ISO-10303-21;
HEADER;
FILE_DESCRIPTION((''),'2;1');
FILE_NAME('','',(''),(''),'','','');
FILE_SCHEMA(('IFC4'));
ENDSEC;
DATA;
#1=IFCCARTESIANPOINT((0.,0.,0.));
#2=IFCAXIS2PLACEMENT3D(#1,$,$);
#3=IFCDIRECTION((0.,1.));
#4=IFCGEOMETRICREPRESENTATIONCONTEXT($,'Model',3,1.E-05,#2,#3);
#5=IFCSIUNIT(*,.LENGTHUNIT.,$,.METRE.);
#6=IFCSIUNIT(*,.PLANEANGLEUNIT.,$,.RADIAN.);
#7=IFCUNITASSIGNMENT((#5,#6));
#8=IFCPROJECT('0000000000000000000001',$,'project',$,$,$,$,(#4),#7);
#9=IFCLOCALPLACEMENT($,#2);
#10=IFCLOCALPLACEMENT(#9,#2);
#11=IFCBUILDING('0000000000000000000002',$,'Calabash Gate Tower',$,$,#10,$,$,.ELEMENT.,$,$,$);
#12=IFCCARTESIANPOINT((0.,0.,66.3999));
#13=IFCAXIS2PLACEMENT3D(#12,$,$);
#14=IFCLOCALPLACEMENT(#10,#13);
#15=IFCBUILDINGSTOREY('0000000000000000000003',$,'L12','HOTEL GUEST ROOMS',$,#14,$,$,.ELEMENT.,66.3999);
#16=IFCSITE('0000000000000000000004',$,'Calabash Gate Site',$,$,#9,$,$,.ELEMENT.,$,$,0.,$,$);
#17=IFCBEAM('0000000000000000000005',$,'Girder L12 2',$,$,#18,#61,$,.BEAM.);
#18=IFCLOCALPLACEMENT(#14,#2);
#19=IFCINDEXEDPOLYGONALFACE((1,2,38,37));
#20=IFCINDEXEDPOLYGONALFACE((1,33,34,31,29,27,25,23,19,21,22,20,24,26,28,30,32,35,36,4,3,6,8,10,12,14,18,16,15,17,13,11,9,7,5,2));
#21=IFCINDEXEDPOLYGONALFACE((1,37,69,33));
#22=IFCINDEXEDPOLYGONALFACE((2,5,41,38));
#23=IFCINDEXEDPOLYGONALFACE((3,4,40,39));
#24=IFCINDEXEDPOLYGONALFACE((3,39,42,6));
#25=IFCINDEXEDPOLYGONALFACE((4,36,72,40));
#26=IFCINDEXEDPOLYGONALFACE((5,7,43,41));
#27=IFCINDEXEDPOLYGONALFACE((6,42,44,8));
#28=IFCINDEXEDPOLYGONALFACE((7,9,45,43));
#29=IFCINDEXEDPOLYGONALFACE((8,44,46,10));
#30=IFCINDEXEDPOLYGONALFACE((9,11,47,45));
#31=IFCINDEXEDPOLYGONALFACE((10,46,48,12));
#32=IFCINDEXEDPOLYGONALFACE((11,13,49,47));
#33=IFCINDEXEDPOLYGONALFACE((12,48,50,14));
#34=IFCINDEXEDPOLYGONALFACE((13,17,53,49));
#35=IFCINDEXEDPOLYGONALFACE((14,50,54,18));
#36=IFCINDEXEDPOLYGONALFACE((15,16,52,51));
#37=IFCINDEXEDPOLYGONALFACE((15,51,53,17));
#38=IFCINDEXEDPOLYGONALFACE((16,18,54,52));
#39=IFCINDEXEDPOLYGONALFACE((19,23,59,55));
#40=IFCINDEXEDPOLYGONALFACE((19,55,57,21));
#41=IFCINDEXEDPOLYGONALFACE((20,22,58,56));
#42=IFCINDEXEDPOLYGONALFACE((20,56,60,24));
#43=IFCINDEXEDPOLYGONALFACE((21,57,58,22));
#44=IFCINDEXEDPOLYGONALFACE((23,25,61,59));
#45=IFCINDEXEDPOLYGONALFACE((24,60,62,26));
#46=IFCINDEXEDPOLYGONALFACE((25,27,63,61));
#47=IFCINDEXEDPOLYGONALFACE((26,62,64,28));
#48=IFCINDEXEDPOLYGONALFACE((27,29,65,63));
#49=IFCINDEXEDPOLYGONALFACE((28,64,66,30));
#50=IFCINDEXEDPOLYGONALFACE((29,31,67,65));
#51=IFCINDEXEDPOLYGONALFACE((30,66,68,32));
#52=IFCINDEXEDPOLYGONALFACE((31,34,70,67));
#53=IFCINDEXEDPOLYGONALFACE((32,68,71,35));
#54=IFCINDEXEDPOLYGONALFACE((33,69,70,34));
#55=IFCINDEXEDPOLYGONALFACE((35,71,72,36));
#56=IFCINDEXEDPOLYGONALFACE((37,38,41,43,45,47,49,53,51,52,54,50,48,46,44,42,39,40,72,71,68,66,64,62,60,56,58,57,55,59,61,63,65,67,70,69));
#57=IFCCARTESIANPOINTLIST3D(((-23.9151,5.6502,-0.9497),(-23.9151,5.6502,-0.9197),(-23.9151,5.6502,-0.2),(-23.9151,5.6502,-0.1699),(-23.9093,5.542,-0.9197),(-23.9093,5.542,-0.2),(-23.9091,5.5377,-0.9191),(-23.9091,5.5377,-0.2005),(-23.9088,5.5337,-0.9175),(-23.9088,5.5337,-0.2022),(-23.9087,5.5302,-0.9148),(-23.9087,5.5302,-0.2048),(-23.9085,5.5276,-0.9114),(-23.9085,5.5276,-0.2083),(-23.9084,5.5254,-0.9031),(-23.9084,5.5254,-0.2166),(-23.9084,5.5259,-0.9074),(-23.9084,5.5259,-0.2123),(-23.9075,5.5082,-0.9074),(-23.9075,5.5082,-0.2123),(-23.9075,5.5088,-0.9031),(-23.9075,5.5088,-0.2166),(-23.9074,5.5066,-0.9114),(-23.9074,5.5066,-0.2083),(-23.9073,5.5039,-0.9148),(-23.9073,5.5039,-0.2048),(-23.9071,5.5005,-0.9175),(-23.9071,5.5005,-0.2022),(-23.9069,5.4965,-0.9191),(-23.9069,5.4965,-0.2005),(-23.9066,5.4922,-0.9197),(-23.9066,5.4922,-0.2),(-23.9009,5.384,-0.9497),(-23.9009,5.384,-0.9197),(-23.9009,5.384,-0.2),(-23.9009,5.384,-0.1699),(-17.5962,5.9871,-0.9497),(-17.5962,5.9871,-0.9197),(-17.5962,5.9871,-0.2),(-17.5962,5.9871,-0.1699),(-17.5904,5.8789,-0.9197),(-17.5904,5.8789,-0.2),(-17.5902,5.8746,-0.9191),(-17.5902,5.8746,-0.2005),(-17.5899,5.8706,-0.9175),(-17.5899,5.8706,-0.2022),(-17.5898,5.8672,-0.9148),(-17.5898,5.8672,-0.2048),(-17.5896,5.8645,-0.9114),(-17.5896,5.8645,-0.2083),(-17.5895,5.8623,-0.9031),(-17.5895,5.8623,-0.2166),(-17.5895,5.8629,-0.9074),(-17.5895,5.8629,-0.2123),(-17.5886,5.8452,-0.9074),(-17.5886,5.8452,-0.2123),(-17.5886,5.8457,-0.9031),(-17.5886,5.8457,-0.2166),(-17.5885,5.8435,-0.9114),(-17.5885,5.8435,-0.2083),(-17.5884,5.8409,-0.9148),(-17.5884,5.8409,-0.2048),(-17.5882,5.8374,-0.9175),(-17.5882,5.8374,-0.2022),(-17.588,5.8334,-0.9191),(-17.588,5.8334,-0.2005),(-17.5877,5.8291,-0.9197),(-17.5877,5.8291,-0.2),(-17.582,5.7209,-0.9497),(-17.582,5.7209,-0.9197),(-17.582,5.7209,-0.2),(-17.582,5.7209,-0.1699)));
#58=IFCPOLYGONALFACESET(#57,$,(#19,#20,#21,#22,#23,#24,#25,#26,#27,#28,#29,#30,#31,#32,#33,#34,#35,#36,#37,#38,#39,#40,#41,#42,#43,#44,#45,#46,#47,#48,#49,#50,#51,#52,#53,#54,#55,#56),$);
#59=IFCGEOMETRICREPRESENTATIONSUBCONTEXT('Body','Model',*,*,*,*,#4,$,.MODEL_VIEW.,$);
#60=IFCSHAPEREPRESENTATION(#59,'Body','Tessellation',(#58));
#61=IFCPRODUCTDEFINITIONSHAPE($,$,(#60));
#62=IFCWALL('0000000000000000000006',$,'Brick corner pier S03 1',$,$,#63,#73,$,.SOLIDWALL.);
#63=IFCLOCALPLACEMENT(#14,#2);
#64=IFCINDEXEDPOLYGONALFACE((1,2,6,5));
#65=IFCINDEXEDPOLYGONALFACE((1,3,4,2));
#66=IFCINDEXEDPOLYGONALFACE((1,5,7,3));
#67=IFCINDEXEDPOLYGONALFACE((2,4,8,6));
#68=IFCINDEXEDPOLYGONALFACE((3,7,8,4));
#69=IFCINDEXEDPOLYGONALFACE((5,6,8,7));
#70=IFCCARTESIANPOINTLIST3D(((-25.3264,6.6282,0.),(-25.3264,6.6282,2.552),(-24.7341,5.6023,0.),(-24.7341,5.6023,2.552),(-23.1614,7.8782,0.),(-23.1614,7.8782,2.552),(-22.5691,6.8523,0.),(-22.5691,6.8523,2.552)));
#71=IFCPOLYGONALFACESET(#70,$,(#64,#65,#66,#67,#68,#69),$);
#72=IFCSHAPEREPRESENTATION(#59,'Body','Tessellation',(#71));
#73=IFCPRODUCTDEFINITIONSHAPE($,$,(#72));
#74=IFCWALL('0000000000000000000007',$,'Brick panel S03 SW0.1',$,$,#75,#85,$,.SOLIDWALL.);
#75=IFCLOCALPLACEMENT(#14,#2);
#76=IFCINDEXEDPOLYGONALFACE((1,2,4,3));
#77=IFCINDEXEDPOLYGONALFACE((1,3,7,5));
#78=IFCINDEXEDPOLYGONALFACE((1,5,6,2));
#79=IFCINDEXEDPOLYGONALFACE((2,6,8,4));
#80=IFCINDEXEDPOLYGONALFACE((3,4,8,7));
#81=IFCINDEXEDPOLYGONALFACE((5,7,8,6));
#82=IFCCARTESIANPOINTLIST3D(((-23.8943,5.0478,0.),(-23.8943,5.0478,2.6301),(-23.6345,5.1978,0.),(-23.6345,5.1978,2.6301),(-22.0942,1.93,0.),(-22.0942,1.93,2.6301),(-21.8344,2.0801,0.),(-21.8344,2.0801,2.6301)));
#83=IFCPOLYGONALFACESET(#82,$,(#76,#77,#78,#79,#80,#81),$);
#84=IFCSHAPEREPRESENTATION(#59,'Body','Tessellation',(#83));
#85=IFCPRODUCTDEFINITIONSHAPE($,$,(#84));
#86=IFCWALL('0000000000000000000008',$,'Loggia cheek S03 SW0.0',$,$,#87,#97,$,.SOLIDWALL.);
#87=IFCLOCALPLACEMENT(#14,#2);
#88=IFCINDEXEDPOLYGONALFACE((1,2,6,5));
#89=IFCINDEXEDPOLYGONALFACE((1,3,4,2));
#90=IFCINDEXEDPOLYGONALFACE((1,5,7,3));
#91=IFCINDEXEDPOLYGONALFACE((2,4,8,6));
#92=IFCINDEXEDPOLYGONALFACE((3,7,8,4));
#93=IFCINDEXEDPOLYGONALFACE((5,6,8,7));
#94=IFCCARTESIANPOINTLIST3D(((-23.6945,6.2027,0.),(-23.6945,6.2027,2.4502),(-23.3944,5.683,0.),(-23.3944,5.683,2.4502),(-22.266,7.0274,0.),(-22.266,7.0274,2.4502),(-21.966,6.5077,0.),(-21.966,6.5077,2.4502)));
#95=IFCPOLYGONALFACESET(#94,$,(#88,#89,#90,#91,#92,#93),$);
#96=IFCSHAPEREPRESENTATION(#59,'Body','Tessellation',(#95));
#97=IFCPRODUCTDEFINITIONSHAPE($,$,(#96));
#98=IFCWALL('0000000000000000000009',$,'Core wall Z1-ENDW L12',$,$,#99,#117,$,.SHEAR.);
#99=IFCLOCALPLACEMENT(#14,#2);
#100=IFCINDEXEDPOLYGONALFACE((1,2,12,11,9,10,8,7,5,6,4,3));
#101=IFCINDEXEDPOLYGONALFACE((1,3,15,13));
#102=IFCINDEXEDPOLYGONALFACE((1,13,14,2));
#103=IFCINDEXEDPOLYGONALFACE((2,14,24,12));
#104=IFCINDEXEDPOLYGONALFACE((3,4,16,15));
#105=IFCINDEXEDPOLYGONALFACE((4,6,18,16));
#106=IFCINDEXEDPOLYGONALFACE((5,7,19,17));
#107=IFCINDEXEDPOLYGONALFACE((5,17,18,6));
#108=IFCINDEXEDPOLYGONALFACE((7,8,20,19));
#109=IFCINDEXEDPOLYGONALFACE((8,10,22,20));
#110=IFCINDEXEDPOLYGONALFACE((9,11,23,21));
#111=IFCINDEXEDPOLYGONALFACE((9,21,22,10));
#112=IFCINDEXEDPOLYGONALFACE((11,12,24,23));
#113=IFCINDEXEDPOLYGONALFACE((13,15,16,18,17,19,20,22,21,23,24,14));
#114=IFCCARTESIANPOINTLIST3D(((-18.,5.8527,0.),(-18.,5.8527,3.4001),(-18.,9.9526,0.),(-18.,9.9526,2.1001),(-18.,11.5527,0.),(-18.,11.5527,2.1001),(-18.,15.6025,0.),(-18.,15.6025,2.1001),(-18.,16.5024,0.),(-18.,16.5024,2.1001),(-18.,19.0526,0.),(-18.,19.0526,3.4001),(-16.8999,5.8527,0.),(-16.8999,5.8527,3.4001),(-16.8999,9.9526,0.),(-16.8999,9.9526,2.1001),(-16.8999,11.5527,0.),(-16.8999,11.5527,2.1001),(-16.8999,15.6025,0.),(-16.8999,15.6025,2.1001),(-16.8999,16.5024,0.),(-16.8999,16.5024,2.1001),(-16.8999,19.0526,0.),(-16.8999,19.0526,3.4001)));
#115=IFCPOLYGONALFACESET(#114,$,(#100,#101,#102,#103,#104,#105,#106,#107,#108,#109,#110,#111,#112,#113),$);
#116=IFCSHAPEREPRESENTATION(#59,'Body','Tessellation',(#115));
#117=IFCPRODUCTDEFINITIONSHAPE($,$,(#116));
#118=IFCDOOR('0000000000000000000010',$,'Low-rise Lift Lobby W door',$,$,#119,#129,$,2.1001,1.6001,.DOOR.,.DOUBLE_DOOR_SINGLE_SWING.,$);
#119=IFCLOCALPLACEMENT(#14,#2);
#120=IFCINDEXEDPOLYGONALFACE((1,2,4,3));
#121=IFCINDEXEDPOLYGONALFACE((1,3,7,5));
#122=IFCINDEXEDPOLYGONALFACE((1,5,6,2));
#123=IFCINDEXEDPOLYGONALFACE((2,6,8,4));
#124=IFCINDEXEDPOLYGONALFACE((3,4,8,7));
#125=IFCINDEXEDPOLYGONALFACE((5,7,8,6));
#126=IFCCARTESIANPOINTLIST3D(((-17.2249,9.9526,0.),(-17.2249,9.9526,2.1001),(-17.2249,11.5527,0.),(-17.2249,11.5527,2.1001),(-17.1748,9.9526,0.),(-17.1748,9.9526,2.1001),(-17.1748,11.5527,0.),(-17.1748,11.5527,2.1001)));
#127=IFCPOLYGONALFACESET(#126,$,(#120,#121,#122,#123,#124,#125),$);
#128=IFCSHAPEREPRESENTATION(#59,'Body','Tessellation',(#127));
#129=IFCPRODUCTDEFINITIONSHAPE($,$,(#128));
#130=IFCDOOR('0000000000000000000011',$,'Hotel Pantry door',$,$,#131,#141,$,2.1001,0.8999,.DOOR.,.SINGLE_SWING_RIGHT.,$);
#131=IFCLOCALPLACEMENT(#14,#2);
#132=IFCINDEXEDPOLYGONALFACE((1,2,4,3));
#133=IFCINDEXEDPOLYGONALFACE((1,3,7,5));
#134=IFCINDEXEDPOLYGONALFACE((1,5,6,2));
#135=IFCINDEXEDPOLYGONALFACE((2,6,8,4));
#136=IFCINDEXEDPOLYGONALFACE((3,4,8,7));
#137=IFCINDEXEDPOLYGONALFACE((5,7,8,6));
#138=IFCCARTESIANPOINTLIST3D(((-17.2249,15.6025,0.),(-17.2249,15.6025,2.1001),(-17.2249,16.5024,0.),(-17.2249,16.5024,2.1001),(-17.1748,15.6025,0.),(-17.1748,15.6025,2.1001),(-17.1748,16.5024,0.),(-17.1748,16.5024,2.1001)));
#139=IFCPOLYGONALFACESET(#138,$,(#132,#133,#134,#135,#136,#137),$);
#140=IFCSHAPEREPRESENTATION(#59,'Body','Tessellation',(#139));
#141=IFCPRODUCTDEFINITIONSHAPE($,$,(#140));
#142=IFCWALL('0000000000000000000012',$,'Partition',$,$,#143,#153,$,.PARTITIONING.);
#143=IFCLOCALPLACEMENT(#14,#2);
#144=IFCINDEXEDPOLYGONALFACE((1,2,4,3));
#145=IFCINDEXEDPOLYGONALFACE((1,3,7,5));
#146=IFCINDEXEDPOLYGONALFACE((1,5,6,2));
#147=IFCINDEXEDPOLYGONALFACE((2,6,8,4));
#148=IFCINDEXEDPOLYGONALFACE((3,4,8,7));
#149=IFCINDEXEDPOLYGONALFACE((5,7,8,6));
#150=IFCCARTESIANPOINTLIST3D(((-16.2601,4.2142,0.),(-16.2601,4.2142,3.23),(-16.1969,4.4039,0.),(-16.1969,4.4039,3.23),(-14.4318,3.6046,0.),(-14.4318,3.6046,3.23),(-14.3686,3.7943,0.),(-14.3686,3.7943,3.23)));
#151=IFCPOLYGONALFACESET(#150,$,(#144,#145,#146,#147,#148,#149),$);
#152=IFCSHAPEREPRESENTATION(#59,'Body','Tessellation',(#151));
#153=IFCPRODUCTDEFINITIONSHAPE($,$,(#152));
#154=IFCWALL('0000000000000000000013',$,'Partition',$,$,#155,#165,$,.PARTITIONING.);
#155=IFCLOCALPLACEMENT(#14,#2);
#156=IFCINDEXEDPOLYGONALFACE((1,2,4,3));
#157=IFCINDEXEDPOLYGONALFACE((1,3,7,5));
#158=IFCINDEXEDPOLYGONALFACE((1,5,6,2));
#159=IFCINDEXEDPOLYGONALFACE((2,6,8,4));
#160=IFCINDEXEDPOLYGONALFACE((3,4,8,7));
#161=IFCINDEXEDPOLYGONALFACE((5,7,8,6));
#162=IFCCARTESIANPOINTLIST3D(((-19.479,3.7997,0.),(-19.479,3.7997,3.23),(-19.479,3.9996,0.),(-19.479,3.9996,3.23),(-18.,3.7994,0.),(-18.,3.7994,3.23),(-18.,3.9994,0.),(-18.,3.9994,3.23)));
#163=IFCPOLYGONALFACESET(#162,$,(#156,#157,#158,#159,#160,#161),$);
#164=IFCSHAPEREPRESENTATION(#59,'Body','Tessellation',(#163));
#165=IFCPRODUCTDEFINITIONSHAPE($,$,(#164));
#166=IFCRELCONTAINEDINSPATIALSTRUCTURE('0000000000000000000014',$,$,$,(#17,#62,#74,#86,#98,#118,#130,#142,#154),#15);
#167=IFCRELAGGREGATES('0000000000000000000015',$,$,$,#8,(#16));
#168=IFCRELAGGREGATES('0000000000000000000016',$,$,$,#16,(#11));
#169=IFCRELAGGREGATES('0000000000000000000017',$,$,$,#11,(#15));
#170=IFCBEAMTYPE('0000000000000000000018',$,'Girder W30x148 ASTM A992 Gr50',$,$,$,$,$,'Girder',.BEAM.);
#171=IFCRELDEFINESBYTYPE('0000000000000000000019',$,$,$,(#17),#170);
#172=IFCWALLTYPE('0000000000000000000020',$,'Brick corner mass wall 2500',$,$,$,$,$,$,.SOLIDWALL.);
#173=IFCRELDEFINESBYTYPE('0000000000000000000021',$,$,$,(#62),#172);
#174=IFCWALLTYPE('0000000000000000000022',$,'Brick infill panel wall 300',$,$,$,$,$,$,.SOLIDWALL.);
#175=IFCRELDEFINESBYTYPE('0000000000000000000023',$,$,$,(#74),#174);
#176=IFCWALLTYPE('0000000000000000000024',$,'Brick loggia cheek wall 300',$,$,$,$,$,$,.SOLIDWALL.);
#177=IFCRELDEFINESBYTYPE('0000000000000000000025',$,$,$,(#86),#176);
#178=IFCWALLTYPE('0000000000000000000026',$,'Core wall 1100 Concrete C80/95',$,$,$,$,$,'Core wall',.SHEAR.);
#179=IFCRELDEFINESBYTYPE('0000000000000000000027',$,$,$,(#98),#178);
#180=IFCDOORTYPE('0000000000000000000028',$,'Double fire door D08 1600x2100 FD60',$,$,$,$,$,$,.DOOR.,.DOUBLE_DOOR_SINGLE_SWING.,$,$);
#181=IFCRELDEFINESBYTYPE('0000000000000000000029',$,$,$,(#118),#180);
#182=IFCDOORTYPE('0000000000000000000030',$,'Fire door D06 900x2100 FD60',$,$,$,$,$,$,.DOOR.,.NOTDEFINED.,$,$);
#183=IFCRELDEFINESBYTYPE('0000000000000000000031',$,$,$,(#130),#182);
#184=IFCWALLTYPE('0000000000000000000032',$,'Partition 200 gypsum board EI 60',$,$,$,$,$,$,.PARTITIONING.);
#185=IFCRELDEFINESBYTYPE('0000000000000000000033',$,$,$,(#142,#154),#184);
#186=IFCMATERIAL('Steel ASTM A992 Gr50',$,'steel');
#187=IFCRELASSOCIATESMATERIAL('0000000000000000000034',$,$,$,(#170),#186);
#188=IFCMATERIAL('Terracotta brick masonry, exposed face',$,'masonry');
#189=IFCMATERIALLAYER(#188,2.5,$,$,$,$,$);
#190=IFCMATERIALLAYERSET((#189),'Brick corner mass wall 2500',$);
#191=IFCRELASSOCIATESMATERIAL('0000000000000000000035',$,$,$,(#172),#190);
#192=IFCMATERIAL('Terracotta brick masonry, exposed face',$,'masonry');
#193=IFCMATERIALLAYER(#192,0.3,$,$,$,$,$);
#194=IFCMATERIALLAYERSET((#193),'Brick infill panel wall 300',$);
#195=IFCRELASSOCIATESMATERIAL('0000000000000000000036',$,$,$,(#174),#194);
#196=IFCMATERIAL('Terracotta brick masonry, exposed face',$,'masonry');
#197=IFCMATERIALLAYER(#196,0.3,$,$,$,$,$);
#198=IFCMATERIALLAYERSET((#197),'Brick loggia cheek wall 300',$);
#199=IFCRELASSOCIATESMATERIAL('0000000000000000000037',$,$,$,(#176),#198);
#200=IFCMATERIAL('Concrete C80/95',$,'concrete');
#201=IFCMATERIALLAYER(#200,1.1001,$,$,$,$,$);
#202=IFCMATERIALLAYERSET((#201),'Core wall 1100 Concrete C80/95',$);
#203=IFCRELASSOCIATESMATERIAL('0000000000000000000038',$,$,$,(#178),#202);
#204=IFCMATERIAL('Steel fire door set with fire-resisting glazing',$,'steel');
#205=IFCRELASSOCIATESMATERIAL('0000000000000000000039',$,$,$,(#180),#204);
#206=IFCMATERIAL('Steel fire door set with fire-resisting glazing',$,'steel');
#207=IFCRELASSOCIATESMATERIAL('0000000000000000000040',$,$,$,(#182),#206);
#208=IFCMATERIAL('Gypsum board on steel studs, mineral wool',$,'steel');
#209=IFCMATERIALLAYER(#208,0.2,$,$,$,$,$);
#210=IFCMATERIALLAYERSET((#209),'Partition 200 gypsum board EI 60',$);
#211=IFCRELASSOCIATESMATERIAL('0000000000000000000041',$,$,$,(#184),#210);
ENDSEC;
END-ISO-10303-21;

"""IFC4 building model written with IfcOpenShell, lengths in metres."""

from ifc_helpers import new_model, si_unit, direction, frame, frame_2d, origin, origin_2d, place, context, subcontext, project, spatial, rectangle, i_section, extrude, material, layer, layer_set, material_profile, profile_set, type_object, element, fill, save


model = new_model("IFC4")

# Units and contexts
model_context = context("Model", 3, precision=1e-05, world=origin(), true_north=direction((0.0, 1.0)))
body_context = subcontext(model_context, "Body", "Model", "MODEL_VIEW")
ifc_project = project(units=[si_unit("LENGTHUNIT", "METRE"), si_unit("PLANEANGLEUNIT", "RADIAN")], contexts=[model_context])

# Site, building, storey
site_placement = place(None, origin())
site = spatial("IfcSite", under=ifc_project, at=site_placement, Name="Calabash Gate Site", CompositionType="ELEMENT", RefElevation=0.0)
building_placement = place(site_placement, origin())
building = spatial("IfcBuilding", under=site, at=building_placement, Name="Calabash Gate Tower", CompositionType="ELEMENT")
storey_placement = place(building_placement, frame((0.0, 0.0, 66.3999)))
storey = spatial("IfcBuildingStorey", under=building, at=storey_placement, Name="L12", Description="HOTEL GUEST ROOMS", CompositionType="ELEMENT", Elevation=66.3999)

# Beam
ifc_material_1 = material(Name="Steel ASTM A992 Gr50", Category="steel")
ifc_material_profile_1 = material_profile(ifc_material_1, i_section(OverallWidth=0.2666, OverallDepth=0.7798, WebThickness=0.0166, FlangeThickness=0.03, FilletRadius=0.0166, at=origin_2d()))
ifc_profile_set_1 = profile_set([ifc_material_profile_1], Name="Steel ASTM A992 Gr50")
beam_type_1 = type_object("IfcBeamType", Name="Girder W30x148 ASTM A992 Gr50", ElementType="Girder", PredefinedType="BEAM", material=ifc_profile_set_1)
beam_1_placement = place(storey_placement, frame((-23.908, 5.5171, -0.5598), z_axis=(0.998582, 0.053243, 0.0), x_axis=(-0.053243, 0.998582, 0.0)))
element("IfcBeam", 1, at=beam_1_placement, inside=storey, type_object=beam_type_1, Name="Girder L12 2", PredefinedType="BEAM", context=body_context, shape_type="SweptSolid", body=[
    extrude(i_section(OverallWidth=0.2666, OverallDepth=0.7798, WebThickness=0.0166, FlangeThickness=0.03, FilletRadius=0.0166, at=origin_2d()), origin(), (0.0, 0.0, 1.0), 6.3279),
])

# Walls
ifc_material_2 = material(Name="Terracotta brick masonry, exposed face", Category="masonry")
ifc_layer_1 = layer(ifc_material_2, 2.5)
ifc_layer_set_1 = layer_set([ifc_layer_1], Name="Brick corner mass wall 2500")
wall_type_1 = type_object("IfcWallType", Name="Brick corner mass wall 2500", PredefinedType="SOLIDWALL", material=ifc_layer_set_1)
wall_1_placement = place(storey_placement, frame((-22.8652, 7.3652, 0.0), z_axis=(0.0, 0.0, 1.0), x_axis=(-0.866023, -0.500004, 0.0)))
element("IfcWall", 2, at=wall_1_placement, inside=storey, type_object=wall_type_1, Name="Brick corner pier S03 1", PredefinedType="SOLIDWALL", context=body_context, shape_type="SweptSolid", body=[
    extrude(rectangle(XDim=2.5, YDim=1.1846, at=frame_2d((1.25, 0.0))), origin(), (0.0, 0.0, 1.0), 2.552),
])
ifc_material_3 = material(Name="Terracotta brick masonry, exposed face", Category="masonry")
ifc_layer_2 = layer(ifc_material_3, 0.3)
ifc_layer_set_2 = layer_set([ifc_layer_2], Name="Brick infill panel wall 300")
wall_type_2 = type_object("IfcWallType", Name="Brick infill panel wall 300", PredefinedType="SOLIDWALL", material=ifc_layer_set_2)
wall_2_placement = place(storey_placement, frame((-23.7644, 5.1228, 0.0), z_axis=(0.0, 0.0, 1.0), x_axis=(0.500012, -0.866018, 0.0)))
element("IfcWall", 3, at=wall_2_placement, inside=storey, type_object=wall_type_2, Name="Brick panel S03 SW0.1", PredefinedType="SOLIDWALL", context=body_context, shape_type="SweptSolid", body=[
    extrude(rectangle(XDim=3.6001, YDim=0.3, at=frame_2d((1.8, 0.0))), origin(), (0.0, 0.0, 1.0), 2.6301),
])
ifc_material_4 = material(Name="Terracotta brick masonry, exposed face", Category="masonry")
ifc_layer_3 = layer(ifc_material_4, 0.3)
ifc_layer_set_3 = layer_set([ifc_layer_3], Name="Brick loggia cheek wall 300")
wall_type_3 = type_object("IfcWallType", Name="Brick loggia cheek wall 300", PredefinedType="SOLIDWALL", material=ifc_layer_set_3)
wall_3_placement = place(storey_placement, frame((-23.5444, 5.9429, 0.0), z_axis=(0.0, 0.0, 1.0), x_axis=(0.86603, 0.499992, 0.0)))
element("IfcWall", 4, at=wall_3_placement, inside=storey, type_object=wall_type_3, Name="Loggia cheek S03 SW0.0", PredefinedType="SOLIDWALL", context=body_context, shape_type="SweptSolid", body=[
    extrude(rectangle(XDim=1.6494, YDim=0.6001, at=frame_2d((0.8247, 0.0))), origin(), (0.0, 0.0, 1.0), 2.4502),
])

# Wall, openings, doors
ifc_material_5 = material(Name="Concrete C80/95", Category="concrete")
ifc_layer_4 = layer(ifc_material_5, 1.1001)
ifc_layer_set_4 = layer_set([ifc_layer_4], Name="Core wall 1100 Concrete C80/95")
wall_type_4 = type_object("IfcWallType", Name="Core wall 1100 Concrete C80/95", ElementType="Core wall", PredefinedType="SHEAR", material=ifc_layer_set_4)
wall_4_placement = place(storey_placement, frame((-17.45, 5.8525, 0.0), z_axis=(0.0, 0.0, 1.0), x_axis=(0.0, 1.0, 0.0)))
wall_4 = element("IfcWall", 5, at=wall_4_placement, inside=storey, type_object=wall_type_4, Name="Core wall Z1-ENDW L12", PredefinedType="SHEAR", context=body_context, shape_type="SweptSolid", body=[
    extrude(rectangle(XDim=13.2, YDim=1.1001, at=frame_2d((6.6001, 0.0))), origin(), (0.0, 0.0, 1.0), 3.4001),
])
opening_1_placement = place(wall_4_placement, frame((4.1001, 0.0, 0.0)))
opening_1 = element("IfcOpeningElement", 6, at=opening_1_placement, cuts=wall_4, PredefinedType="OPENING", context=body_context, shape_type="SweptSolid", body=[
    extrude(rectangle(XDim=1.6001, YDim=2.1001, at=frame_2d((0.8, 1.05))), frame((0.0, 0.5601, 0.0), z_axis=(0.0, -1.0, 0.0), x_axis=(1.0, 0.0, 0.0)), (0.0, 0.0, 1.0), 1.1201),
])
opening_2_placement = place(wall_4_placement, frame((9.75, 0.0, 0.0)))
opening_2 = element("IfcOpeningElement", 7, at=opening_2_placement, cuts=wall_4, PredefinedType="OPENING", context=body_context, shape_type="SweptSolid", body=[
    extrude(rectangle(XDim=0.8999, YDim=2.1001, at=frame_2d((0.45, 1.05))), frame((0.0, 0.5601, 0.0), z_axis=(0.0, -1.0, 0.0), x_axis=(1.0, 0.0, 0.0)), (0.0, 0.0, 1.0), 1.1201),
])
ifc_material_6 = material(Name="Steel fire door set with fire-resisting glazing", Category="steel")
door_type_1 = type_object("IfcDoorType", Name="Double fire door D08 1600x2100 FD60", OperationType="DOUBLE_DOOR_SINGLE_SWING", PredefinedType="DOOR", material=ifc_material_6)
door_1_placement = place(opening_1_placement, origin())
door_1 = element("IfcDoor", 8, at=door_1_placement, inside=storey, type_object=door_type_1, Name="Low-rise Lift Lobby W door", OperationType="DOUBLE_DOOR_SINGLE_SWING", OverallHeight=2.1001, OverallWidth=1.6001, PredefinedType="DOOR", context=body_context, shape_type="SweptSolid", body=[
    extrude(rectangle(XDim=1.6001, YDim=2.1001, at=frame_2d((0.8, 1.05))), frame((0.0, -0.2251, 0.0), z_axis=(0.0, -1.0, 0.0), x_axis=(1.0, 0.0, 0.0)), (0.0, 0.0, 1.0), 0.05),
])
fill(opening_1, door_1)
ifc_material_7 = material(Name="Steel fire door set with fire-resisting glazing", Category="steel")
door_type_2 = type_object("IfcDoorType", Name="Fire door D06 900x2100 FD60", OperationType="NOTDEFINED", PredefinedType="DOOR", material=ifc_material_7)
door_2_placement = place(opening_2_placement, origin())
door_2 = element("IfcDoor", 9, at=door_2_placement, inside=storey, type_object=door_type_2, Name="Hotel Pantry door", OperationType="SINGLE_SWING_RIGHT", OverallHeight=2.1001, OverallWidth=0.8999, PredefinedType="DOOR", context=body_context, shape_type="SweptSolid", body=[
    extrude(rectangle(XDim=0.8999, YDim=2.1001, at=frame_2d((0.45, 1.05))), frame((0.0, -0.2251, 0.0), z_axis=(0.0, -1.0, 0.0), x_axis=(1.0, 0.0, 0.0)), (0.0, 0.0, 1.0), 0.05),
])
fill(opening_2, door_2)

# Walls
ifc_material_8 = material(Name="Gypsum board on steel studs, mineral wool", Category="steel")
ifc_layer_5 = layer(ifc_material_8, 0.2)
ifc_layer_set_5 = layer_set([ifc_layer_5], Name="Partition 200 gypsum board EI 60")
wall_type_5 = type_object("IfcWallType", Name="Partition 200 gypsum board EI 60", PredefinedType="PARTITIONING", material=ifc_layer_set_5)
wall_5_placement = place(storey_placement, frame((-16.2285, 4.3091, 0.0), z_axis=(0.0, 0.0, 1.0), x_axis=(0.948658, -0.316304, 0.0)))
element("IfcWall", 10, at=wall_5_placement, inside=storey, type_object=wall_type_5, Name="Partition", PredefinedType="PARTITIONING", context=body_context, shape_type="SweptSolid", body=[
    extrude(rectangle(XDim=1.9272, YDim=0.2, at=frame_2d((0.9636, 0.0))), origin(), (0.0, 0.0, 1.0), 3.23),
])
wall_6_placement = place(storey_placement, frame((-19.479, 3.8997, 0.0), z_axis=(0.0, 0.0, 1.0), x_axis=(1.0, -0.000165, 0.0)))
element("IfcWall", 11, at=wall_6_placement, inside=storey, type_object=wall_type_5, Name="Partition", PredefinedType="PARTITIONING", context=body_context, shape_type="SweptSolid", body=[
    extrude(rectangle(XDim=1.479, YDim=0.2, at=frame_2d((0.7395, 0.0))), origin(), (0.0, 0.0, 1.0), 3.23),
])

save(model, "model.ifc")
